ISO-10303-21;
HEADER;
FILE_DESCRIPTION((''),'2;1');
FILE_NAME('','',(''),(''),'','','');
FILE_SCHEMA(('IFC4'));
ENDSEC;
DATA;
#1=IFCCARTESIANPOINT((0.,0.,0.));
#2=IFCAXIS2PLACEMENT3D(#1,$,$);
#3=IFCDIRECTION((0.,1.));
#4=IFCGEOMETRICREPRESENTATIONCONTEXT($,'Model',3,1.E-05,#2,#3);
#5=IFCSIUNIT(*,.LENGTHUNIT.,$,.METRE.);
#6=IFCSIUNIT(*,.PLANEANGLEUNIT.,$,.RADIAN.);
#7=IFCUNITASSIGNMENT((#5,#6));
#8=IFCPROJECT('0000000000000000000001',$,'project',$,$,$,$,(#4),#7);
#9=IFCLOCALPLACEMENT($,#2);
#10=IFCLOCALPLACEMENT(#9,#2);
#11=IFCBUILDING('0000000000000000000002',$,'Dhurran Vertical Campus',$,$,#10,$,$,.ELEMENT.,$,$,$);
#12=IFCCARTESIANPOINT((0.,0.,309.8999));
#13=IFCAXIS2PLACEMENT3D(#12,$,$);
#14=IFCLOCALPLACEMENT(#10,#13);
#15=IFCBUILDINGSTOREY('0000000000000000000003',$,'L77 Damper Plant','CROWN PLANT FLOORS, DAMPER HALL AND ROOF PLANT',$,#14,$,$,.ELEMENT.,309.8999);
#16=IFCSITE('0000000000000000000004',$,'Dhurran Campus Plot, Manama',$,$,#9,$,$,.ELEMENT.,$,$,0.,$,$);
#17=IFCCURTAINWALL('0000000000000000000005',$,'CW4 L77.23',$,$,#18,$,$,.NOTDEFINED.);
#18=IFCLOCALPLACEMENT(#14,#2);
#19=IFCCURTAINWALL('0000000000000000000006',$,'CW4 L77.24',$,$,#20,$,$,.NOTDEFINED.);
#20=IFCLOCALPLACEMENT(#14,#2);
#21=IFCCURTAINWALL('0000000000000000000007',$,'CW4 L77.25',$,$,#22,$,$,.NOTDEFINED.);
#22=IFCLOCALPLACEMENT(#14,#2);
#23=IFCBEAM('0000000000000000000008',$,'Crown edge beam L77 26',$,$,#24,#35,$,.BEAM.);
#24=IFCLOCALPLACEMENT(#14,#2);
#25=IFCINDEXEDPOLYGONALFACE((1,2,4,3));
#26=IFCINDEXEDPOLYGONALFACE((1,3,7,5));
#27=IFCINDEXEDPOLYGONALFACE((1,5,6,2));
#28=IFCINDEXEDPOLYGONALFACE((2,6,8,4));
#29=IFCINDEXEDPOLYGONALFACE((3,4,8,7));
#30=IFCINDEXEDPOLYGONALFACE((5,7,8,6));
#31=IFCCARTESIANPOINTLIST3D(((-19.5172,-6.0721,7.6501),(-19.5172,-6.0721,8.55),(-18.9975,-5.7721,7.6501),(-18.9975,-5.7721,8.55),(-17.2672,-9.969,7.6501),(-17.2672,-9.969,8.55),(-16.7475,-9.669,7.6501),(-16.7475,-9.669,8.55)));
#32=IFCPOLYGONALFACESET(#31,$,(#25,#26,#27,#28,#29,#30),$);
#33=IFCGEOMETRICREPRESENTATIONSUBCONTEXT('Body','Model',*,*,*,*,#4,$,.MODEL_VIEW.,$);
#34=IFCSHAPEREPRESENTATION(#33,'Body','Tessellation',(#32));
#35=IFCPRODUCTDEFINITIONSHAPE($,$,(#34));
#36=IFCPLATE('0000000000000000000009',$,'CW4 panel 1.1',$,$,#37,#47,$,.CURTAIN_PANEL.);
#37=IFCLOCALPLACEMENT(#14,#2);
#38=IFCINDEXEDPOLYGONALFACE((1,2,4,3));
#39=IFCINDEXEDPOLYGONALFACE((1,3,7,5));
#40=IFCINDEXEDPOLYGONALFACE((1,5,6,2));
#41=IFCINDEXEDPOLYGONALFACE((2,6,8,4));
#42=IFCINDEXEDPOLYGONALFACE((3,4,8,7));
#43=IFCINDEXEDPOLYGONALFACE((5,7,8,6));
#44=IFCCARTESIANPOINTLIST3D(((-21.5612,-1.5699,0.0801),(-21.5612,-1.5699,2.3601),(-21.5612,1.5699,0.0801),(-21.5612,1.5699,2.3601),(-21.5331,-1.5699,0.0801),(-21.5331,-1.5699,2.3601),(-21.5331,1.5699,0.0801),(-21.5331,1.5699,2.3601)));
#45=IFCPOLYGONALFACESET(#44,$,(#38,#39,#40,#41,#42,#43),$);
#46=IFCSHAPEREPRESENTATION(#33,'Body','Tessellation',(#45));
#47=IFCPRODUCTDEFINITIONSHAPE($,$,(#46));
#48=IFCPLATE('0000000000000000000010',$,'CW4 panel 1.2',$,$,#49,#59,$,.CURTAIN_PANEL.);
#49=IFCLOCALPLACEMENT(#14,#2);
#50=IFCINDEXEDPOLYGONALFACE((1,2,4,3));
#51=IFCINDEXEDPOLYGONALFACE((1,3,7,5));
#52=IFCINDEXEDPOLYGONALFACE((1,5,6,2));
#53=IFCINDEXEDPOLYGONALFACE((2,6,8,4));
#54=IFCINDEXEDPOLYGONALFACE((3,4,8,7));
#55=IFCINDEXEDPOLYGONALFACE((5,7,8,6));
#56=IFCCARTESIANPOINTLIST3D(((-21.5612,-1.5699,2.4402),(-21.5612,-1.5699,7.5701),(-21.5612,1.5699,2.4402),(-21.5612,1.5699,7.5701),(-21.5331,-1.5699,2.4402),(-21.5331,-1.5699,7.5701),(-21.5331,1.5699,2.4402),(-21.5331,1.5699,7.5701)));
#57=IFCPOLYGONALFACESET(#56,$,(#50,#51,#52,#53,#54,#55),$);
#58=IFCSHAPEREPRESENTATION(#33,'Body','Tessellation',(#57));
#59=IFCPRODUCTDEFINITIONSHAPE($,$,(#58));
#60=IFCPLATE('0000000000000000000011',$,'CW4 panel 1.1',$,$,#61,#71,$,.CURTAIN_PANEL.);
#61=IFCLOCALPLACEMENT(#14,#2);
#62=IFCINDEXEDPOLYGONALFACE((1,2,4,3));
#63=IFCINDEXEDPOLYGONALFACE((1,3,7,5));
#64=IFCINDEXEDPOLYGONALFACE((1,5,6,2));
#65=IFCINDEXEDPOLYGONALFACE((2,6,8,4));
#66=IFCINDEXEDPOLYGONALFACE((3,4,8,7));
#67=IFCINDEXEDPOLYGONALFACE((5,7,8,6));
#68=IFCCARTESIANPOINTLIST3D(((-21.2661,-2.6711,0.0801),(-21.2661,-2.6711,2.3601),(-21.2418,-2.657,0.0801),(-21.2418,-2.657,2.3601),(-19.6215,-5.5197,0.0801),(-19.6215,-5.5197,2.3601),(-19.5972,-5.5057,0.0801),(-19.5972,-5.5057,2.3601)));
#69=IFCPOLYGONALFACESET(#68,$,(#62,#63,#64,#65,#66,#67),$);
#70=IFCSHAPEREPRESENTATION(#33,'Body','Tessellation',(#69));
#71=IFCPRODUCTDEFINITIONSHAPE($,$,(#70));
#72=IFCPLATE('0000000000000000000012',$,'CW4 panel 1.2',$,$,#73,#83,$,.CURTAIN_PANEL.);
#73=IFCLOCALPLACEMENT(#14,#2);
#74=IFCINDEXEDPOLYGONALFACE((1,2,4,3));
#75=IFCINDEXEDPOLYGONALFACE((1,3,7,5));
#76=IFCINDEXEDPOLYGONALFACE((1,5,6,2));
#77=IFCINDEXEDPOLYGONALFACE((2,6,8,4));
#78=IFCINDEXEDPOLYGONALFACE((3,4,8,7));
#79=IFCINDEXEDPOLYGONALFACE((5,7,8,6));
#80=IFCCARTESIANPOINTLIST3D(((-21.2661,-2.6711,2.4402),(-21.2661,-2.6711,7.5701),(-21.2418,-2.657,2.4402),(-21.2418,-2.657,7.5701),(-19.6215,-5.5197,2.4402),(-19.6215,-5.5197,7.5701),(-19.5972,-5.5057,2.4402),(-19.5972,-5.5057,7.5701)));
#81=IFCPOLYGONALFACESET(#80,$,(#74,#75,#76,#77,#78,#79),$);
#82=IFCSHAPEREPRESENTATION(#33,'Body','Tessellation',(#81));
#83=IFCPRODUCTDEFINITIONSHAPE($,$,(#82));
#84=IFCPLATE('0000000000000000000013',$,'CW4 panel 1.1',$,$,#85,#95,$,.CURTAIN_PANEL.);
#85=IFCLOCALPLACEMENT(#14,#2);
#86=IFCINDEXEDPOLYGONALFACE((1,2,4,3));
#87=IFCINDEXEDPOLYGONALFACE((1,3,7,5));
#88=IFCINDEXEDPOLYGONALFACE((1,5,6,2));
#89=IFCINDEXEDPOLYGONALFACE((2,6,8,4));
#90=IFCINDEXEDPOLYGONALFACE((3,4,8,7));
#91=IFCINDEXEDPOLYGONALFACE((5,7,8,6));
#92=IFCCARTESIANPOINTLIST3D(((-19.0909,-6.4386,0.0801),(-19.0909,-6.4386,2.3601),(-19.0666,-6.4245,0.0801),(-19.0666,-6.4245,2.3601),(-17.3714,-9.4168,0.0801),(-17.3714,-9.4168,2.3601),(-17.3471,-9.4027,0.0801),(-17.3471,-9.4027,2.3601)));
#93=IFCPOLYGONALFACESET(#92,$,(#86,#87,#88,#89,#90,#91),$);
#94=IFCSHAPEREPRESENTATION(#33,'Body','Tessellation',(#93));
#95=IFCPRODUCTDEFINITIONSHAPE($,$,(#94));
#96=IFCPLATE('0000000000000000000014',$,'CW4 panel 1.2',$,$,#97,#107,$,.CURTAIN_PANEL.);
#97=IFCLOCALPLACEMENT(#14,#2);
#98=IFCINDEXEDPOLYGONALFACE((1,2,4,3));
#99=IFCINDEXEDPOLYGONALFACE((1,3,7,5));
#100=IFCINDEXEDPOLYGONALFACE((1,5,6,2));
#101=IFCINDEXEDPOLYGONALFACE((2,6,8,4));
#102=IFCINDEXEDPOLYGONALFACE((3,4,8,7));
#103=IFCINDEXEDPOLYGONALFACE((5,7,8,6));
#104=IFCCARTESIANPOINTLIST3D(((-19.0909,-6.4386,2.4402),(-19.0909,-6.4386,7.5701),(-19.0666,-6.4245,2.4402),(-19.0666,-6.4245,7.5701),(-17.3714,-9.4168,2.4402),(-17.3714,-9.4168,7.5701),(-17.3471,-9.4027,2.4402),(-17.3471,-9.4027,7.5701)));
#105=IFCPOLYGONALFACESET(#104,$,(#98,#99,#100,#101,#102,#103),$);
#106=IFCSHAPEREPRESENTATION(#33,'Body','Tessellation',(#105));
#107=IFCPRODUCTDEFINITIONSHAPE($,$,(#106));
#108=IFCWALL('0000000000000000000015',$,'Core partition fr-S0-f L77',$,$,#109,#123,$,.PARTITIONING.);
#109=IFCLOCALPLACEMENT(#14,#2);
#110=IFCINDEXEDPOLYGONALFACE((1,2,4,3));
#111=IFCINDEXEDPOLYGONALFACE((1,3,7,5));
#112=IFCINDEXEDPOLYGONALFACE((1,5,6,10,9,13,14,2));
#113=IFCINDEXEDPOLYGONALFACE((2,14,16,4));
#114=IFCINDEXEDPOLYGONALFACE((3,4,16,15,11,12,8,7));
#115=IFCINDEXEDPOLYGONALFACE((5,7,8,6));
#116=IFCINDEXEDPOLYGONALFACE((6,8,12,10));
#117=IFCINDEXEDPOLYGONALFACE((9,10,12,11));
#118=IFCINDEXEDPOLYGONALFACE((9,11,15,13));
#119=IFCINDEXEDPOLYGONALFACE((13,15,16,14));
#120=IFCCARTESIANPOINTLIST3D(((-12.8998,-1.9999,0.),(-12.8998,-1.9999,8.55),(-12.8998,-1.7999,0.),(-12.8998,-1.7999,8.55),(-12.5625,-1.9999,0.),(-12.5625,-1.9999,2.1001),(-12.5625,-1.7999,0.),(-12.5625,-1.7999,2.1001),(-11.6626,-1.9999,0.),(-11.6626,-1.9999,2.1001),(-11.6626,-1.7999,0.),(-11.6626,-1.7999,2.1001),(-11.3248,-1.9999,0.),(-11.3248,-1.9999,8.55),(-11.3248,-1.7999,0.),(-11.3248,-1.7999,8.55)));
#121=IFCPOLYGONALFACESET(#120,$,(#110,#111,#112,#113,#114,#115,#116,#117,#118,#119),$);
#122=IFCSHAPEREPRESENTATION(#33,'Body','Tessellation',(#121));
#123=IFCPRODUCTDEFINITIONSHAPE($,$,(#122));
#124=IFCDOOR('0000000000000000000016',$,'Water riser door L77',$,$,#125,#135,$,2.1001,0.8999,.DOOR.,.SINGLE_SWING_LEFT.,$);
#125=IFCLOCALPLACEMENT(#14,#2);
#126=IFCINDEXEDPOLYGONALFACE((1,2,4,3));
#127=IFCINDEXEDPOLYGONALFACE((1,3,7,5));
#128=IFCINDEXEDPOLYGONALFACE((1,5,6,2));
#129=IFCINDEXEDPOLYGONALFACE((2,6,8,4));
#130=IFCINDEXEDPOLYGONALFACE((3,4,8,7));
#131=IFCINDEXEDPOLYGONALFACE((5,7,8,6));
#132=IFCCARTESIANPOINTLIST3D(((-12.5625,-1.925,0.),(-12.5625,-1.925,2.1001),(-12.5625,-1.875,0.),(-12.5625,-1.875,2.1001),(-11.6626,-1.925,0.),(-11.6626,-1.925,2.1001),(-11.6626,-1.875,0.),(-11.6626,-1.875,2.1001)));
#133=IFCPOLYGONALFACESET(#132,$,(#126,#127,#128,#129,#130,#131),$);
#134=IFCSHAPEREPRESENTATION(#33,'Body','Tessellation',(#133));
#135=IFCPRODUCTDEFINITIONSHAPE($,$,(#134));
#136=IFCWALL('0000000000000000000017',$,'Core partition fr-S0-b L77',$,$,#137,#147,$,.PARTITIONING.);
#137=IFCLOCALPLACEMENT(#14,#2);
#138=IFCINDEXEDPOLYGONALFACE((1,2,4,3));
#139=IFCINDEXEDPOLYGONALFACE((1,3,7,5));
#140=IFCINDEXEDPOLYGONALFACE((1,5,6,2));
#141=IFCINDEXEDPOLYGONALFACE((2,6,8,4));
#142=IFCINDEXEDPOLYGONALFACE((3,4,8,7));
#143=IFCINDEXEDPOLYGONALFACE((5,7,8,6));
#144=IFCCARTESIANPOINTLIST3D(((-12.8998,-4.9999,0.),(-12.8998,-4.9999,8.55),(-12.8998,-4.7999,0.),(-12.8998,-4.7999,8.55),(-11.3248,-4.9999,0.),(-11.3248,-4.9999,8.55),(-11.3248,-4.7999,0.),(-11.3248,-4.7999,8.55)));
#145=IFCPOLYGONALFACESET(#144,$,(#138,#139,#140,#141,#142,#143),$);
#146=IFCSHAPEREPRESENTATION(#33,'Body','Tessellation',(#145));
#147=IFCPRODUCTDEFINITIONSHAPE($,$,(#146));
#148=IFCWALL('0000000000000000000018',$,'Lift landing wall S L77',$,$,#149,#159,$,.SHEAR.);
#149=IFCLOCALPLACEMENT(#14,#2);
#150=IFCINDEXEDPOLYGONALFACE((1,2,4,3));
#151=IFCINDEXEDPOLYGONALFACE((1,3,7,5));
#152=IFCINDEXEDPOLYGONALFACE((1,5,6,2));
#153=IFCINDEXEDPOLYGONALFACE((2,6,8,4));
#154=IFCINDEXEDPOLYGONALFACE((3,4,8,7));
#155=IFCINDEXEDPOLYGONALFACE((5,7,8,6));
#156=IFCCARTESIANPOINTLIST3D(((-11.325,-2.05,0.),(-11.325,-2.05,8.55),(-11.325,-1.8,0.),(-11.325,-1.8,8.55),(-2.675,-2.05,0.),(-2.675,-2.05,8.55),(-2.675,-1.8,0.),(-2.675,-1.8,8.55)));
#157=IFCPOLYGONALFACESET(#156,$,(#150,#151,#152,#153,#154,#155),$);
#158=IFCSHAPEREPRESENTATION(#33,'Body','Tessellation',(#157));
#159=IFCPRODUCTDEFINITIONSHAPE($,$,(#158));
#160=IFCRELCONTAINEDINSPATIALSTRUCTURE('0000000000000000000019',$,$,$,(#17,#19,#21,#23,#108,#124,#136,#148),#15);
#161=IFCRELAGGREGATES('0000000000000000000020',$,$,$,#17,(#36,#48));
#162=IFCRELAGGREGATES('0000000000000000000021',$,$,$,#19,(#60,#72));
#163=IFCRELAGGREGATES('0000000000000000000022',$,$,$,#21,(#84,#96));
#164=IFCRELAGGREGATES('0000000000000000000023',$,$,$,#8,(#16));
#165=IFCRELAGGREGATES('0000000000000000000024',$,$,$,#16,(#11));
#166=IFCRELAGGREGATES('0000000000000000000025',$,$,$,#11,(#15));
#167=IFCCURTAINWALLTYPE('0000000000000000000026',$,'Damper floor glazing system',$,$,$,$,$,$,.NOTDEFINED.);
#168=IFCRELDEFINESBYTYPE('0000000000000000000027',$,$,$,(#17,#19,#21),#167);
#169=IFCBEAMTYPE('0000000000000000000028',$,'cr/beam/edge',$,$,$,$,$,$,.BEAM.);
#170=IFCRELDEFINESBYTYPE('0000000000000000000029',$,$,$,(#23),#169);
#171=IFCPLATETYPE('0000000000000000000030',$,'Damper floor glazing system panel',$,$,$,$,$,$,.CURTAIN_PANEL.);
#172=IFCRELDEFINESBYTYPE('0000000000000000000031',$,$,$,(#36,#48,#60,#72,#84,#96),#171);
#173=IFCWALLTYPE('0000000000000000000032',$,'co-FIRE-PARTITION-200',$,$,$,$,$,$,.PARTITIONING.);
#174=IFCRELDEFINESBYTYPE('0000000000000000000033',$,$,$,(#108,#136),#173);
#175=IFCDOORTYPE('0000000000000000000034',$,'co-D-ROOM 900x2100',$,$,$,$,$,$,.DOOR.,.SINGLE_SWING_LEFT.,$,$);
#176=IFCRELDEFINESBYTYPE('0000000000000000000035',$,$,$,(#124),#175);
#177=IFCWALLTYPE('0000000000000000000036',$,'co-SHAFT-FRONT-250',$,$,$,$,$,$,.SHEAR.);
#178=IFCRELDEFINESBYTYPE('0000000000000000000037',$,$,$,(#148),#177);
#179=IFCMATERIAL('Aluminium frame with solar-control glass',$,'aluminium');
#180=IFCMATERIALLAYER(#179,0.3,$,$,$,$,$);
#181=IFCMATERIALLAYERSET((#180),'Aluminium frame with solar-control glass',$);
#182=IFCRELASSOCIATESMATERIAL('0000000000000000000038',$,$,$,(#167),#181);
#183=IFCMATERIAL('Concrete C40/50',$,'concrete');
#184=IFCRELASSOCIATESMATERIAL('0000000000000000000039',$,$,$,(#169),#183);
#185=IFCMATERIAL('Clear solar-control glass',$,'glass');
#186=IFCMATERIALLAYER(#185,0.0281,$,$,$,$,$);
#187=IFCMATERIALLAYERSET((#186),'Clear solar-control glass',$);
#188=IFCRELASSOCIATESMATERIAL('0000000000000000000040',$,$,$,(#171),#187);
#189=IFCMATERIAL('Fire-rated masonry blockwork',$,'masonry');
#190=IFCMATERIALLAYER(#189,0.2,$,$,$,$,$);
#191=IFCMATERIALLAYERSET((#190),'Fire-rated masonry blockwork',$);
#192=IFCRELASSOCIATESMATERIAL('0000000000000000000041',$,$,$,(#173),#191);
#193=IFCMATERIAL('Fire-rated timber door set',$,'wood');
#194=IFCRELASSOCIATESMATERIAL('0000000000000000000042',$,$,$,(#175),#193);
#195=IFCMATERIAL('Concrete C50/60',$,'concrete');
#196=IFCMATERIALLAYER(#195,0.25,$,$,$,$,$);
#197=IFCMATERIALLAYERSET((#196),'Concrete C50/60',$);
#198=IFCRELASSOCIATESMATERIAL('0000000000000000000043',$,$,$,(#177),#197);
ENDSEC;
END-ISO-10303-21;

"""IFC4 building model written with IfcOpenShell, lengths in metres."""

from ifc_helpers import new_model, si_unit, direction, frame, frame_2d, origin, origin_2d, place, context, subcontext, project, spatial, rectangle, extrude, material, layer, layer_set, material_profile, profile_set, type_object, element, fill, aggregate, save


model = new_model("IFC4")

# Units and contexts
model_context = context("Model", 3, precision=1e-05, world=origin(), true_north=direction((0.0, 1.0)))
body_context = subcontext(model_context, "Body", "Model", "MODEL_VIEW")
ifc_project = project(units=[si_unit("LENGTHUNIT", "METRE"), si_unit("PLANEANGLEUNIT", "RADIAN")], contexts=[model_context])

# Site, building, storey
site_placement = place(None, origin())
site = spatial("IfcSite", under=ifc_project, at=site_placement, Name="Dhurran Campus Plot, Manama", CompositionType="ELEMENT", RefElevation=0.0)
building_placement = place(site_placement, origin())
building = spatial("IfcBuilding", under=site, at=building_placement, Name="Dhurran Vertical Campus", CompositionType="ELEMENT")
storey_placement = place(building_placement, frame((0.0, 0.0, 309.8999)))
storey = spatial("IfcBuildingStorey", under=building, at=storey_placement, Name="L77 Damper Plant", Description="CROWN PLANT FLOORS, DAMPER HALL AND ROOF PLANT", CompositionType="ELEMENT", Elevation=309.8999)

# Curtain wall
ifc_material_1 = material(Name="Aluminium frame with solar-control glass", Category="aluminium")
ifc_layer_1 = layer(ifc_material_1, 0.3)
ifc_layer_set_1 = layer_set([ifc_layer_1], Name="Aluminium frame with solar-control glass")
curtain_wall_type = type_object("IfcCurtainWallType", Name="Damper floor glazing system", PredefinedType="NOTDEFINED", material=ifc_layer_set_1)
curtain_wall_1_placement = place(storey_placement, origin())
curtain_wall_1 = element("IfcCurtainWall", 1, at=curtain_wall_1_placement, inside=storey, type_object=curtain_wall_type, Name="CW4 L77.23", PredefinedType="NOTDEFINED")

# Curtain walls
curtain_wall_2_placement = place(storey_placement, origin())
curtain_wall_2 = element("IfcCurtainWall", 2, at=curtain_wall_2_placement, inside=storey, type_object=curtain_wall_type, Name="CW4 L77.24", PredefinedType="NOTDEFINED")
curtain_wall_3_placement = place(storey_placement, origin())
curtain_wall_3 = element("IfcCurtainWall", 3, at=curtain_wall_3_placement, inside=storey, type_object=curtain_wall_type, Name="CW4 L77.25", PredefinedType="NOTDEFINED")

# Beam
ifc_material_2 = material(Name="Concrete C40/50", Category="concrete")
ifc_material_profile_1 = material_profile(ifc_material_2, rectangle(XDim=0.6001, YDim=0.8999, at=origin_2d()), Name="cr/beam/edge")
ifc_profile_set_1 = profile_set([ifc_material_profile_1], Name="Concrete C40/50")
beam_type = type_object("IfcBeamType", Name="cr/beam/edge", PredefinedType="BEAM", material=ifc_profile_set_1)
beam_1_placement = place(storey_placement, frame((-19.2573, -5.9221, 8.1001), z_axis=(0.500014, -0.866018, 0.0), x_axis=(0.866018, 0.500014, 0.0)))
element("IfcBeam", 4, at=beam_1_placement, inside=storey, type_object=beam_type, Name="Crown edge beam L77 26", PredefinedType="BEAM", context=body_context, shape_type="SweptSolid", body=[
    extrude(rectangle(XDim=0.6001, YDim=0.8999, at=origin_2d()), origin(), (0.0, 0.0, 1.0), 4.4998),
])

# Plates
ifc_material_3 = material(Name="Clear solar-control glass", Category="glass")
ifc_layer_2 = layer(ifc_material_3, 0.0281)
ifc_layer_set_2 = layer_set([ifc_layer_2], Name="Clear solar-control glass")
plate_type = type_object("IfcPlateType", Name="Damper floor glazing system panel", PredefinedType="CURTAIN_PANEL", material=ifc_layer_set_2)
plate_1_placement = place(storey_placement, frame((-21.5471, 0.0, 0.0801), z_axis=(0.0, 0.0, 1.0), x_axis=(0.0, -1.0, 0.0)))
plate_1 = element("IfcPlate", 5, at=plate_1_placement, type_object=plate_type, Name="CW4 panel 1.1", PredefinedType="CURTAIN_PANEL", context=body_context, shape_type="SweptSolid", body=[
    extrude(rectangle(XDim=3.1399, YDim=0.0281, at=origin_2d()), origin(), (0.0, 0.0, 1.0), 2.28),
])
plate_2_placement = place(storey_placement, frame((-21.5471, 0.0, 2.4402), z_axis=(0.0, 0.0, 1.0), x_axis=(0.0, -1.0, 0.0)))
plate_2 = element("IfcPlate", 6, at=plate_2_placement, type_object=plate_type, Name="CW4 panel 1.2", PredefinedType="CURTAIN_PANEL", context=body_context, shape_type="SweptSolid", body=[
    extrude(rectangle(XDim=3.1399, YDim=0.0281, at=origin_2d()), origin(), (0.0, 0.0, 1.0), 5.1299),
])
aggregate(curtain_wall_1, [plate_1, plate_2])
plate_3_placement = place(storey_placement, frame((-20.4316, -4.0884, 0.0801), z_axis=(0.0, 0.0, 1.0), x_axis=(0.499996, -0.866028, 0.0)))
plate_3 = element("IfcPlate", 7, at=plate_3_placement, type_object=plate_type, Name="CW4 panel 1.1", PredefinedType="CURTAIN_PANEL", context=body_context, shape_type="SweptSolid", body=[
    extrude(rectangle(XDim=3.2893, YDim=0.0281, at=origin_2d()), origin(), (0.0, 0.0, 1.0), 2.28),
])
plate_4_placement = place(storey_placement, frame((-20.4316, -4.0884, 2.4402), z_axis=(0.0, 0.0, 1.0), x_axis=(0.499996, -0.866028, 0.0)))
plate_4 = element("IfcPlate", 8, at=plate_4_placement, type_object=plate_type, Name="CW4 panel 1.2", PredefinedType="CURTAIN_PANEL", context=body_context, shape_type="SweptSolid", body=[
    extrude(rectangle(XDim=3.2893, YDim=0.0281, at=origin_2d()), origin(), (0.0, 0.0, 1.0), 5.1299),
])
aggregate(curtain_wall_2, [plate_3, plate_4])
plate_5_placement = place(storey_placement, frame((-18.219, -7.9207, 0.0801), z_axis=(0.0, 0.0, 1.0), x_axis=(0.500003, -0.866024, 0.0)))
plate_5 = element("IfcPlate", 9, at=plate_5_placement, type_object=plate_type, Name="CW4 panel 1.1", PredefinedType="CURTAIN_PANEL", context=body_context, shape_type="SweptSolid", body=[
    extrude(rectangle(XDim=3.439, YDim=0.0281, at=origin_2d()), origin(), (0.0, 0.0, 1.0), 2.28),
])
plate_6_placement = place(storey_placement, frame((-18.219, -7.9207, 2.4402), z_axis=(0.0, 0.0, 1.0), x_axis=(0.500003, -0.866024, 0.0)))
plate_6 = element("IfcPlate", 10, at=plate_6_placement, type_object=plate_type, Name="CW4 panel 1.2", PredefinedType="CURTAIN_PANEL", context=body_context, shape_type="SweptSolid", body=[
    extrude(rectangle(XDim=3.439, YDim=0.0281, at=origin_2d()), origin(), (0.0, 0.0, 1.0), 5.1299),
])
aggregate(curtain_wall_3, [plate_5, plate_6])

# Wall, opening, door
ifc_material_4 = material(Name="Fire-rated masonry blockwork", Category="masonry")
ifc_layer_3 = layer(ifc_material_4, 0.2)
ifc_layer_set_3 = layer_set([ifc_layer_3], Name="Fire-rated masonry blockwork")
wall_type_1 = type_object("IfcWallType", Name="co-FIRE-PARTITION-200", PredefinedType="PARTITIONING", material=ifc_layer_set_3)
wall_1_placement = place(storey_placement, frame((-12.8999, -1.8999, 0.0), z_axis=(0.0, 0.0, 1.0), x_axis=(1.0, 0.0, 0.0)))
wall_1 = element("IfcWall", 11, at=wall_1_placement, inside=storey, type_object=wall_type_1, Name="Core partition fr-S0-f L77", PredefinedType="PARTITIONING", context=body_context, shape_type="SweptSolid", body=[
    extrude(rectangle(XDim=1.575, YDim=0.2, at=frame_2d((0.7876, 0.0))), origin(), (0.0, 0.0, 1.0), 8.55),
])
opening_1_placement = place(wall_1_placement, frame((0.3374, 0.0, 0.0)))
opening_1 = element("IfcOpeningElement", 12, at=opening_1_placement, cuts=wall_1, PredefinedType="OPENING", context=body_context, shape_type="SweptSolid", body=[
    extrude(rectangle(XDim=0.8999, YDim=2.1001, at=frame_2d((0.45, 1.05))), frame((0.0, 0.1099, 0.0), z_axis=(0.0, -1.0, 0.0), x_axis=(1.0, 0.0, 0.0)), (0.0, 0.0, 1.0), 0.22),
])
ifc_material_5 = material(Name="Fire-rated timber door set", Category="wood")
door_type_1 = type_object("IfcDoorType", Name="co-D-ROOM 900x2100", OperationType="SINGLE_SWING_LEFT", PredefinedType="DOOR", material=ifc_material_5)
door_1_placement = place(opening_1_placement, origin())
door_1 = element("IfcDoor", 13, at=door_1_placement, inside=storey, type_object=door_type_1, Name="Water riser door L77", OperationType="SINGLE_SWING_LEFT", OverallHeight=2.1001, OverallWidth=0.8999, PredefinedType="DOOR", context=body_context, shape_type="SweptSolid", body=[
    extrude(rectangle(XDim=0.8999, YDim=2.1001, at=frame_2d((0.45, 1.05))), frame((0.0, 0.0249, 0.0), z_axis=(0.0, -1.0, 0.0), x_axis=(1.0, 0.0, 0.0)), (0.0, 0.0, 1.0), 0.05),
])
fill(opening_1, door_1)

# Walls
wall_2_placement = place(storey_placement, frame((-12.8999, -4.8999, 0.0), z_axis=(0.0, 0.0, 1.0), x_axis=(1.0, 0.0, 0.0)))
element("IfcWall", 14, at=wall_2_placement, inside=storey, type_object=wall_type_1, Name="Core partition fr-S0-b L77", PredefinedType="PARTITIONING", context=body_context, shape_type="SweptSolid", body=[
    extrude(rectangle(XDim=1.575, YDim=0.2, at=frame_2d((0.7876, 0.0))), origin(), (0.0, 0.0, 1.0), 8.55),
])
ifc_material_6 = material(Name="Concrete C50/60", Category="concrete")
ifc_layer_4 = layer(ifc_material_6, 0.25)
ifc_layer_set_4 = layer_set([ifc_layer_4], Name="Concrete C50/60")
wall_type_2 = type_object("IfcWallType", Name="co-SHAFT-FRONT-250", PredefinedType="SHEAR", material=ifc_layer_set_4)
wall_3_placement = place(storey_placement, frame((-11.325, -1.925, 0.0), z_axis=(0.0, 0.0, 1.0), x_axis=(1.0, 0.0, 0.0)))
element("IfcWall", 15, at=wall_3_placement, inside=storey, type_object=wall_type_2, Name="Lift landing wall S L77", PredefinedType="SHEAR", context=body_context, shape_type="SweptSolid", body=[
    extrude(rectangle(XDim=8.6499, YDim=0.25, at=frame_2d((4.325, 0.0))), origin(), (0.0, 0.0, 1.0), 8.55),
])

save(model, "model.ifc")
